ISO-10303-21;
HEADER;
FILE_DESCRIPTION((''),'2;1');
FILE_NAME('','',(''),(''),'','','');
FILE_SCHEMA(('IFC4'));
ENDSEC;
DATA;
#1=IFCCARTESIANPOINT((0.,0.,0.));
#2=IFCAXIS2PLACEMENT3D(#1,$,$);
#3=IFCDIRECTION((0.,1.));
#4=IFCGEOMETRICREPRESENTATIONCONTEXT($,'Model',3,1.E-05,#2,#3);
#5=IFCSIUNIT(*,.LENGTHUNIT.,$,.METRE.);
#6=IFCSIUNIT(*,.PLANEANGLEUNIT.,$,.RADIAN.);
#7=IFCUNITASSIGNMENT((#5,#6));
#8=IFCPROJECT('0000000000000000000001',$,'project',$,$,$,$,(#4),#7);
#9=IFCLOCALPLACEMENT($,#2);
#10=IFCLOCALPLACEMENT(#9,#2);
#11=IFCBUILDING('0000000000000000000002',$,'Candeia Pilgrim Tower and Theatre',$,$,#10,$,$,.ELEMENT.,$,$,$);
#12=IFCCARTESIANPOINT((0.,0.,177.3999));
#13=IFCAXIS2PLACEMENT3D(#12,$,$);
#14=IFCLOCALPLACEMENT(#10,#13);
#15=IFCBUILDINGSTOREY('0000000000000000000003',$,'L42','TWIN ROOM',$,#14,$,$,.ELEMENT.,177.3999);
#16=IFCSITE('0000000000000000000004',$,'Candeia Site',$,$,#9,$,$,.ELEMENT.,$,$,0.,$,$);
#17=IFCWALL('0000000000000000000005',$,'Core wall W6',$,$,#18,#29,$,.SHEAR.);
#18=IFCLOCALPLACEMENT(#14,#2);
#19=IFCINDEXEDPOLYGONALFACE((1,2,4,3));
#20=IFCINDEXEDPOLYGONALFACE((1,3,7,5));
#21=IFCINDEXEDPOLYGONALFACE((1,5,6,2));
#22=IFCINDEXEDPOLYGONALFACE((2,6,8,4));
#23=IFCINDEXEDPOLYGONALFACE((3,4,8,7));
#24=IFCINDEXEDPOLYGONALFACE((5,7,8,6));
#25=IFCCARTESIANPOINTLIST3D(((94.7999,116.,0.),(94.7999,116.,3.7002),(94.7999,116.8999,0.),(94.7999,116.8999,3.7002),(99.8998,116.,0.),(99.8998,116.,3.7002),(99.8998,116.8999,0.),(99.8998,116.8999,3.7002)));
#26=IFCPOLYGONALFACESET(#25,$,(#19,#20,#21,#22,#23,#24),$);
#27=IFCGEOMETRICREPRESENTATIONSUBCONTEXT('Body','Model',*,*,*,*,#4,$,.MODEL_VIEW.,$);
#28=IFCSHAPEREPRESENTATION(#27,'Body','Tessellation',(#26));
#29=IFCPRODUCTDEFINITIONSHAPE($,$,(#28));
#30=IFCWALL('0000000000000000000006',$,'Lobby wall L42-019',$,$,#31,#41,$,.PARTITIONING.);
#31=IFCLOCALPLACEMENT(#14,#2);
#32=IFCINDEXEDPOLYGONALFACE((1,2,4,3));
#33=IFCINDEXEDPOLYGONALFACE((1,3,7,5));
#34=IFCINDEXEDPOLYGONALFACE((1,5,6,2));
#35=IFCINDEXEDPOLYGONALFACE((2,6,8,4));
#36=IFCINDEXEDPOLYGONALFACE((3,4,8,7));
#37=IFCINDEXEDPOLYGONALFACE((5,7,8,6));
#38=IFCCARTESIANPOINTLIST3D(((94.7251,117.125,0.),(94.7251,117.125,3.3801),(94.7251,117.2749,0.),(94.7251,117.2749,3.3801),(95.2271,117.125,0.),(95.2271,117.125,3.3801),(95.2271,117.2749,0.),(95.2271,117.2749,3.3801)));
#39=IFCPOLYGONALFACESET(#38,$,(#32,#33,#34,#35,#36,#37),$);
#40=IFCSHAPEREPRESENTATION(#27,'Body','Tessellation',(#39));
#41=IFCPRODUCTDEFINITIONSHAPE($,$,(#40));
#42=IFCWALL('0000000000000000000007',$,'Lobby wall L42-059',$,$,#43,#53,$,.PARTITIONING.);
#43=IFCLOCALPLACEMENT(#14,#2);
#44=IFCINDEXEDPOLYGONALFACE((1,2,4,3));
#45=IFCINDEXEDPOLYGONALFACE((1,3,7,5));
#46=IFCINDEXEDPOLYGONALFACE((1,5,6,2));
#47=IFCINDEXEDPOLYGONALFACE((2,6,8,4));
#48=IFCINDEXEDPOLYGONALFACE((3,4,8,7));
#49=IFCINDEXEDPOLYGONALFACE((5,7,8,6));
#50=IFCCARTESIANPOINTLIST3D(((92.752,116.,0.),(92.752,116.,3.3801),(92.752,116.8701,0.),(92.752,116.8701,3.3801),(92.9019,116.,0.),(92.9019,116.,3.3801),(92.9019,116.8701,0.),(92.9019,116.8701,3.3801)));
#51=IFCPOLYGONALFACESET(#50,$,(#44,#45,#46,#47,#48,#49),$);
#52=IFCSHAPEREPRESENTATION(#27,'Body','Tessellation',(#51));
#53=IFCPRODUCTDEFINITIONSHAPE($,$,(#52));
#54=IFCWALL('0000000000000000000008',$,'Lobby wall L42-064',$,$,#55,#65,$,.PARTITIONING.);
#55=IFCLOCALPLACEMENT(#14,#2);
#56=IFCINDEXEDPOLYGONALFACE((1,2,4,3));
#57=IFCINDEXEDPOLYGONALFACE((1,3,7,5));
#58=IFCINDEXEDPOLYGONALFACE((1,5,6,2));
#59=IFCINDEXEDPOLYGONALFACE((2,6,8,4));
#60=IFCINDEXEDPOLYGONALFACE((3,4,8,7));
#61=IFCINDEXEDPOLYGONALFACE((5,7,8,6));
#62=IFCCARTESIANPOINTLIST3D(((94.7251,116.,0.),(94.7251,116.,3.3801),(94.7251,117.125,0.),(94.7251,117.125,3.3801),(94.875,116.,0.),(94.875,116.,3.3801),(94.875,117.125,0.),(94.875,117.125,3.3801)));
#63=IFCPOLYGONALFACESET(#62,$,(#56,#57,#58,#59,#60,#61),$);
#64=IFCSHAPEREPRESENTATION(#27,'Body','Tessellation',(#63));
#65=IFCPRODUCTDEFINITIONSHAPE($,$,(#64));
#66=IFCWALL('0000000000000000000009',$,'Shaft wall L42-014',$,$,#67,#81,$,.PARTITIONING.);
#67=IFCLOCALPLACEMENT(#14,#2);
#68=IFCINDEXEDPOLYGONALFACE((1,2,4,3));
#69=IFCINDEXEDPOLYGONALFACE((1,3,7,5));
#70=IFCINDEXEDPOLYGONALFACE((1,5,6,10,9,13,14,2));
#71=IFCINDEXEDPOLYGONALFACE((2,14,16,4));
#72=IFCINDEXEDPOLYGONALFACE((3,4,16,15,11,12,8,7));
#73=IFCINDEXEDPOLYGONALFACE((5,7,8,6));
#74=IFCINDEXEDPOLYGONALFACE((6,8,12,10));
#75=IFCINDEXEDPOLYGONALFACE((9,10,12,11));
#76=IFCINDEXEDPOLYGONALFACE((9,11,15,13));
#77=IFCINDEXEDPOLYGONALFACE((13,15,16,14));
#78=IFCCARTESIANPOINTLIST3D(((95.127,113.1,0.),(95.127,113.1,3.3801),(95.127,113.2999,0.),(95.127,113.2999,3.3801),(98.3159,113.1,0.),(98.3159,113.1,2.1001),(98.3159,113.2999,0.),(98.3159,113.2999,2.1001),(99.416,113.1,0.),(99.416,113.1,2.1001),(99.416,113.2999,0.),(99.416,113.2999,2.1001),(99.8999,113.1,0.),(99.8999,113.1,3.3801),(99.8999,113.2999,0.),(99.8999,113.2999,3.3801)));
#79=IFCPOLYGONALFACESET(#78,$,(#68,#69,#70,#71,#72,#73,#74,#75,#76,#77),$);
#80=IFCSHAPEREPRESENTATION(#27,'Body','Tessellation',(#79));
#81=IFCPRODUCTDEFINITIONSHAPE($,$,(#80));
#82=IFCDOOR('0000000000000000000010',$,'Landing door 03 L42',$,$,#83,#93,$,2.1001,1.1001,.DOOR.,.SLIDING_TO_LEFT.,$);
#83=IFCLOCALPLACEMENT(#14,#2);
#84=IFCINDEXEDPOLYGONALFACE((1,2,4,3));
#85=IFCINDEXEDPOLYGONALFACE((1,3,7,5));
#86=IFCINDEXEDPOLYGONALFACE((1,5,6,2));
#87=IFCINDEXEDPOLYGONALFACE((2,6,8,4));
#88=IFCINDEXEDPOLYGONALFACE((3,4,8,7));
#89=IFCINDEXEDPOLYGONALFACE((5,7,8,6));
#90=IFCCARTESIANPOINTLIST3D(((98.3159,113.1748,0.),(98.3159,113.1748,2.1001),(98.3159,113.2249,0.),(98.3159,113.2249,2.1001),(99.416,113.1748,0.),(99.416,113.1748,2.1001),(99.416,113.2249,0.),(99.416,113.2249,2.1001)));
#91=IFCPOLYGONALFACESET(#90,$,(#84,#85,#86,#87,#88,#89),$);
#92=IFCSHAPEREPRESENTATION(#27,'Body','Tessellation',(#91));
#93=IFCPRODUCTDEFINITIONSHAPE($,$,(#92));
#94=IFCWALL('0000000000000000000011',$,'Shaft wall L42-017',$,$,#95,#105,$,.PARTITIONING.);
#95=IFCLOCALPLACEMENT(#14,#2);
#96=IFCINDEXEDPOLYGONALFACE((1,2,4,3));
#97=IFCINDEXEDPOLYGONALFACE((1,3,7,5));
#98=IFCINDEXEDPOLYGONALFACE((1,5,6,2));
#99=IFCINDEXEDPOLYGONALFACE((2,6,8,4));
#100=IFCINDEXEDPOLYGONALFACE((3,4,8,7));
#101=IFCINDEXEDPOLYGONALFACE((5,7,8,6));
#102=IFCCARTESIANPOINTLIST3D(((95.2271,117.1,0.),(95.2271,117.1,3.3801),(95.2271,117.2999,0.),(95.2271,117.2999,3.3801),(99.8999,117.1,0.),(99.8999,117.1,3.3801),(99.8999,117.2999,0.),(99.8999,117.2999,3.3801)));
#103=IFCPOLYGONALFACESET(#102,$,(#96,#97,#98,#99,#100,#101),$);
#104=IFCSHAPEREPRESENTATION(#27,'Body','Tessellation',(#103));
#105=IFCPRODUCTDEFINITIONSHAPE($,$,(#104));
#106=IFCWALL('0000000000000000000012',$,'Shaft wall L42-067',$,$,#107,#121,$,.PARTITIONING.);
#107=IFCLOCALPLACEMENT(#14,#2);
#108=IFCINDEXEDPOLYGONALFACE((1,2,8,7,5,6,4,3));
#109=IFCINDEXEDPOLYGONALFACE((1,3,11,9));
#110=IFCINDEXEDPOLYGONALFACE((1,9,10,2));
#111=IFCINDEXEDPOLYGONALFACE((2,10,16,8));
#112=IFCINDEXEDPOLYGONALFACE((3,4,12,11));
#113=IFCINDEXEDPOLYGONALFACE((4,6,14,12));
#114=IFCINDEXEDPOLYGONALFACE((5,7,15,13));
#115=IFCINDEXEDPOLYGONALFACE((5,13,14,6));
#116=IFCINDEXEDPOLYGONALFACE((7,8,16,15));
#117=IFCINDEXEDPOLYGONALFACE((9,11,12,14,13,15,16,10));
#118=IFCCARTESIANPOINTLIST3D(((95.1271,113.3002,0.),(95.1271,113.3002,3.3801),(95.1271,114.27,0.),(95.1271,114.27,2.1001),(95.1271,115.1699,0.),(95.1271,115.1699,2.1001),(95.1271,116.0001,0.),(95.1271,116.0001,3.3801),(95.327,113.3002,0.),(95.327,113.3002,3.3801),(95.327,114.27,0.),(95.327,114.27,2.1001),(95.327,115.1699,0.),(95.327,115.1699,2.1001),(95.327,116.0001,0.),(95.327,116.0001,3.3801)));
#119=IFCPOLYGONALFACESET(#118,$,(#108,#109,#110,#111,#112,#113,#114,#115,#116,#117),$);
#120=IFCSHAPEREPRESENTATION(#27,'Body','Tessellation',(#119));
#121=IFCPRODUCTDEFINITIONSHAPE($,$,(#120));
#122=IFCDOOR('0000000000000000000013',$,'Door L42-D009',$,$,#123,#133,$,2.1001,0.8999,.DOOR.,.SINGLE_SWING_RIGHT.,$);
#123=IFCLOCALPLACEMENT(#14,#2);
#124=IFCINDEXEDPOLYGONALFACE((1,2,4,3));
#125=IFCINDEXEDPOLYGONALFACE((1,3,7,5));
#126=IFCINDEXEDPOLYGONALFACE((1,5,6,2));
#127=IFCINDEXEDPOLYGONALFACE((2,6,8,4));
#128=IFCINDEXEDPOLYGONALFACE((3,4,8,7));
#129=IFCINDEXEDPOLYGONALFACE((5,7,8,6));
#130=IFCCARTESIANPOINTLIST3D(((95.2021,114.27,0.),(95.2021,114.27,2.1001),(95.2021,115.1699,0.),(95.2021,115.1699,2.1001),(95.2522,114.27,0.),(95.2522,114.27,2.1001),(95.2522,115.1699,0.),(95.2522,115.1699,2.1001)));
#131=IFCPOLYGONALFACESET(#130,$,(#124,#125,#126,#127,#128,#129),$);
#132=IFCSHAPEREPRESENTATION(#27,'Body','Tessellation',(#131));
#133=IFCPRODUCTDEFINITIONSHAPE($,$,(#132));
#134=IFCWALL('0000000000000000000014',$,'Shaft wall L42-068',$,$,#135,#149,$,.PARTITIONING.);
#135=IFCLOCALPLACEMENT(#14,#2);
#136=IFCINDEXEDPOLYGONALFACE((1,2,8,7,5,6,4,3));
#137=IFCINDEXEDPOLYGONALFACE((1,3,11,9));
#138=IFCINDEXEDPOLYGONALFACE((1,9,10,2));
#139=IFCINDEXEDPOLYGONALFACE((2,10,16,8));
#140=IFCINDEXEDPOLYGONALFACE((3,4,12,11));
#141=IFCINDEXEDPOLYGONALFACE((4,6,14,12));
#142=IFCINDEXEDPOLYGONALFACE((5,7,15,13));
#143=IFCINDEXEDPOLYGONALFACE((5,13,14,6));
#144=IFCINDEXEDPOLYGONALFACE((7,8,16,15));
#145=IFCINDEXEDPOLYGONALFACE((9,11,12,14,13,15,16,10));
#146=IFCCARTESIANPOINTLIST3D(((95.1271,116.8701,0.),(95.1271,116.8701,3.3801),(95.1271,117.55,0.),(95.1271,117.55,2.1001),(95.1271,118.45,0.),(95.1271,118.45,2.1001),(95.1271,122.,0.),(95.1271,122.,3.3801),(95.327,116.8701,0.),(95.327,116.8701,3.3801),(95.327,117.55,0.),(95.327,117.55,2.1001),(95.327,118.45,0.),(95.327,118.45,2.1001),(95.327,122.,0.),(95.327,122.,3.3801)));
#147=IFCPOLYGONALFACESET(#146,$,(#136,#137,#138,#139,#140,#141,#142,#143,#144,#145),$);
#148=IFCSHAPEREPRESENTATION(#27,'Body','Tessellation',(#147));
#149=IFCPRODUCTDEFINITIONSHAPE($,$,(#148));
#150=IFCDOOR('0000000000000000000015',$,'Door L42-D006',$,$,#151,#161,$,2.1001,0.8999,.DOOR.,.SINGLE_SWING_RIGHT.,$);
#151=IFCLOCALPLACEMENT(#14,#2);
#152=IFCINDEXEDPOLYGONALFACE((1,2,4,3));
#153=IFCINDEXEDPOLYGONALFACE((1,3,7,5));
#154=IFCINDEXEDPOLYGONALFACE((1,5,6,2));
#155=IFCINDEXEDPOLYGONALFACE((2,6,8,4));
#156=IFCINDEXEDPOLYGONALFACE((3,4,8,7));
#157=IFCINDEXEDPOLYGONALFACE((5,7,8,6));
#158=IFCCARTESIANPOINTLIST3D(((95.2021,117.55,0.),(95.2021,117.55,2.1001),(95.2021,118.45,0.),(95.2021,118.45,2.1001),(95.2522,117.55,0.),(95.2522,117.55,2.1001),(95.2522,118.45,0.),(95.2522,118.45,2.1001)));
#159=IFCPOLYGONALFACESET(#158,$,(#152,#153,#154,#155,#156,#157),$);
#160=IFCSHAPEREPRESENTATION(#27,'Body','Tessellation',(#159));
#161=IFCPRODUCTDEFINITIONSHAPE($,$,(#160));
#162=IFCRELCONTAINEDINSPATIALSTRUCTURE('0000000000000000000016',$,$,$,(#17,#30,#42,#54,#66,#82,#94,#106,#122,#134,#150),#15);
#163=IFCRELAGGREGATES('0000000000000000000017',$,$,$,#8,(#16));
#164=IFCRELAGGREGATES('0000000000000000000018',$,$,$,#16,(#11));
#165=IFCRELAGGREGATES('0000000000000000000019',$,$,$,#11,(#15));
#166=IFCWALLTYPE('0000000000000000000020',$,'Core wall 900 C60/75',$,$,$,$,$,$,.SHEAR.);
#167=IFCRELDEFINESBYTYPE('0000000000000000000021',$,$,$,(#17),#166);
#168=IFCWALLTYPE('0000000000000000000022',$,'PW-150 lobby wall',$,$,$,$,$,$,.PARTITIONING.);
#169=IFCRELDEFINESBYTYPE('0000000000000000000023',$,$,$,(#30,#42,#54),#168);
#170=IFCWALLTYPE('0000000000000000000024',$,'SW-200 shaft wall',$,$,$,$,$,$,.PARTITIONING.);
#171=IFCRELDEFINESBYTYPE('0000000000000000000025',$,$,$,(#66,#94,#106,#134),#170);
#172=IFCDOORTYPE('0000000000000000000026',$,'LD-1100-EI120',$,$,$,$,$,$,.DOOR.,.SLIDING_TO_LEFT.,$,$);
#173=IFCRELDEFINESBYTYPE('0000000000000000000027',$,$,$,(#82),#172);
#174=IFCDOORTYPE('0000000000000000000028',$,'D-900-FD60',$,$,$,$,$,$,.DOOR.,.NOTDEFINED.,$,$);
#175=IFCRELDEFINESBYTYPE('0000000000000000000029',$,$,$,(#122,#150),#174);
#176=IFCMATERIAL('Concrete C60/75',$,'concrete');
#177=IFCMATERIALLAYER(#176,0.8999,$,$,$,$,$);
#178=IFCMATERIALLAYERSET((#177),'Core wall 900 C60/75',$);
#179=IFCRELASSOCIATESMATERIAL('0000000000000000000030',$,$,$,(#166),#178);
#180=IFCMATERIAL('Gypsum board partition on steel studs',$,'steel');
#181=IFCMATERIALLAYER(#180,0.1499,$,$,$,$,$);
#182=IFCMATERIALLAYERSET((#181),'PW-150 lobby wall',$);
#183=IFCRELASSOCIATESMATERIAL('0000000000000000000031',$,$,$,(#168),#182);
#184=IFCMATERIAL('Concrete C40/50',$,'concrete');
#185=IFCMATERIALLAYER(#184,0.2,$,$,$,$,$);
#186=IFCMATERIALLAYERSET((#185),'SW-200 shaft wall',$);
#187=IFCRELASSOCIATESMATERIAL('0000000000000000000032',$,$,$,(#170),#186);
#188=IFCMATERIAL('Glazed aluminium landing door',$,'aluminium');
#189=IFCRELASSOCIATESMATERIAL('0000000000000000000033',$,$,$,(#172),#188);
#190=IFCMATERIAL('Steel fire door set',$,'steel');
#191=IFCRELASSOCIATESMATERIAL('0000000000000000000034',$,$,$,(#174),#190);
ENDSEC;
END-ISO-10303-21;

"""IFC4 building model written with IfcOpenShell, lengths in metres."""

from ifc_helpers import new_model, si_unit, direction, frame, frame_2d, origin, place, context, subcontext, project, spatial, rectangle, extrude, material, layer, layer_set, type_object, element, fill, save


model = new_model("IFC4")

# Units and contexts
model_context = context("Model", 3, precision=1e-05, world=origin(), true_north=direction((0.0, 1.0)))
body_context = subcontext(model_context, "Body", "Model", "MODEL_VIEW")
ifc_project = project(units=[si_unit("LENGTHUNIT", "METRE"), si_unit("PLANEANGLEUNIT", "RADIAN")], contexts=[model_context])

# Site, building, storey
site_placement = place(None, origin())
site = spatial("IfcSite", under=ifc_project, at=site_placement, Name="Candeia Site", CompositionType="ELEMENT", RefElevation=0.0)
building_placement = place(site_placement, origin())
building = spatial("IfcBuilding", under=site, at=building_placement, Name="Candeia Pilgrim Tower and Theatre", CompositionType="ELEMENT")
storey_placement = place(building_placement, frame((0.0, 0.0, 177.3999)))
storey = spatial("IfcBuildingStorey", under=building, at=storey_placement, Name="L42", Description="TWIN ROOM", CompositionType="ELEMENT", Elevation=177.3999)

# Walls
ifc_material_1 = material(Name="Concrete C60/75", Category="concrete")
ifc_layer_1 = layer(ifc_material_1, 0.8999)
ifc_layer_set_1 = layer_set([ifc_layer_1], Name="Core wall 900 C60/75")
wall_type_1 = type_object("IfcWallType", Name="Core wall 900 C60/75", PredefinedType="SHEAR", material=ifc_layer_set_1)
wall_1_placement = place(storey_placement, frame((94.8, 116.45, 0.0), z_axis=(0.0, 0.0, 1.0), x_axis=(1.0, 0.0, 0.0)))
element("IfcWall", 1, at=wall_1_placement, inside=storey, type_object=wall_type_1, Name="Core wall W6", PredefinedType="SHEAR", context=body_context, shape_type="SweptSolid", body=[
    extrude(rectangle(XDim=5.0999, YDim=0.8999, at=frame_2d((2.5498, 0.0))), origin(), (0.0, 0.0, 1.0), 3.7002),
])
ifc_material_2 = material(Name="Gypsum board partition on steel studs", Category="steel")
ifc_layer_2 = layer(ifc_material_2, 0.1499)
ifc_layer_set_2 = layer_set([ifc_layer_2], Name="PW-150 lobby wall")
wall_type_2 = type_object("IfcWallType", Name="PW-150 lobby wall", PredefinedType="PARTITIONING", material=ifc_layer_set_2)
wall_2_placement = place(storey_placement, frame((94.7251, 117.2, 0.0), z_axis=(0.0, 0.0, 1.0), x_axis=(1.0, 0.0, 0.0)))
element("IfcWall", 2, at=wall_2_placement, inside=storey, type_object=wall_type_2, Name="Lobby wall L42-019", PredefinedType="PARTITIONING", context=body_context, shape_type="SweptSolid", body=[
    extrude(rectangle(XDim=0.502, YDim=0.1499, at=frame_2d((0.251, 0.0))), origin(), (0.0, 0.0, 1.0), 3.3801),
])
wall_3_placement = place(storey_placement, frame((92.8269, 116.0, 0.0), z_axis=(0.0, 0.0, 1.0), x_axis=(0.0, 1.0, 0.0)))
element("IfcWall", 3, at=wall_3_placement, inside=storey, type_object=wall_type_2, Name="Lobby wall L42-059", PredefinedType="PARTITIONING", context=body_context, shape_type="SweptSolid", body=[
    extrude(rectangle(XDim=0.8701, YDim=0.1499, at=frame_2d((0.4351, 0.0))), origin(), (0.0, 0.0, 1.0), 3.3801),
])
wall_4_placement = place(storey_placement, frame((94.8, 116.0, 0.0), z_axis=(0.0, 0.0, 1.0), x_axis=(0.0, 1.0, 0.0)))
element("IfcWall", 4, at=wall_4_placement, inside=storey, type_object=wall_type_2, Name="Lobby wall L42-064", PredefinedType="PARTITIONING", context=body_context, shape_type="SweptSolid", body=[
    extrude(rectangle(XDim=1.125, YDim=0.1499, at=frame_2d((0.5625, 0.0))), origin(), (0.0, 0.0, 1.0), 3.3801),
])

# Wall, opening, door
ifc_material_3 = material(Name="Concrete C40/50", Category="concrete")
ifc_layer_3 = layer(ifc_material_3, 0.2)
ifc_layer_set_3 = layer_set([ifc_layer_3], Name="SW-200 shaft wall")
wall_type_3 = type_object("IfcWallType", Name="SW-200 shaft wall", PredefinedType="PARTITIONING", material=ifc_layer_set_3)
wall_5_placement = place(storey_placement, frame((95.127, 113.2, 0.0), z_axis=(0.0, 0.0, 1.0), x_axis=(1.0, 0.0, 0.0)))
wall_5 = element("IfcWall", 5, at=wall_5_placement, inside=storey, type_object=wall_type_3, Name="Shaft wall L42-014", PredefinedType="PARTITIONING", context=body_context, shape_type="SweptSolid", body=[
    extrude(rectangle(XDim=4.7729, YDim=0.2, at=frame_2d((2.3865, 0.0))), origin(), (0.0, 0.0, 1.0), 3.3801),
])
opening_1_placement = place(wall_5_placement, frame((3.189, 0.0, 0.0)))
opening_1 = element("IfcOpeningElement", 6, at=opening_1_placement, cuts=wall_5, PredefinedType="OPENING", context=body_context, shape_type="SweptSolid", body=[
    extrude(rectangle(XDim=1.1001, YDim=2.1001, at=frame_2d((0.55, 1.05))), frame((0.0, 0.1099, 0.0), z_axis=(0.0, -1.0, 0.0), x_axis=(1.0, 0.0, 0.0)), (0.0, 0.0, 1.0), 0.22),
])
ifc_material_4 = material(Name="Glazed aluminium landing door", Category="aluminium")
door_type_1 = type_object("IfcDoorType", Name="LD-1100-EI120", OperationType="SLIDING_TO_LEFT", PredefinedType="DOOR", material=ifc_material_4)
door_1_placement = place(opening_1_placement, origin())
door_1 = element("IfcDoor", 7, at=door_1_placement, inside=storey, type_object=door_type_1, Name="Landing door 03 L42", OperationType="SLIDING_TO_LEFT", OverallHeight=2.1001, OverallWidth=1.1001, PredefinedType="DOOR", context=body_context, shape_type="SweptSolid", body=[
    extrude(rectangle(XDim=1.1001, YDim=2.1001, at=frame_2d((0.55, 1.05))), frame((0.0, 0.0249, 0.0), z_axis=(0.0, -1.0, 0.0), x_axis=(1.0, 0.0, 0.0)), (0.0, 0.0, 1.0), 0.05),
])
fill(opening_1, door_1)

# Wall
wall_6_placement = place(storey_placement, frame((95.2271, 117.2, 0.0), z_axis=(0.0, 0.0, 1.0), x_axis=(1.0, 0.0, 0.0)))
element("IfcWall", 8, at=wall_6_placement, inside=storey, type_object=wall_type_3, Name="Shaft wall L42-017", PredefinedType="PARTITIONING", context=body_context, shape_type="SweptSolid", body=[
    extrude(rectangle(XDim=4.6729, YDim=0.2, at=frame_2d((2.3364, 0.0))), origin(), (0.0, 0.0, 1.0), 3.3801),
])

# Walls, openings, doors
wall_7_placement = place(storey_placement, frame((95.2271, 113.3, 0.0), z_axis=(0.0, 0.0, 1.0), x_axis=(0.0, 1.0, 0.0)))
wall_7 = element("IfcWall", 9, at=wall_7_placement, inside=storey, type_object=wall_type_3, Name="Shaft wall L42-067", PredefinedType="PARTITIONING", context=body_context, shape_type="SweptSolid", body=[
    extrude(rectangle(XDim=2.7, YDim=0.2, at=frame_2d((1.3501, 0.0))), origin(), (0.0, 0.0, 1.0), 3.3801),
])
opening_2_placement = place(wall_7_placement, frame((0.97, 0.0, 0.0)))
opening_2 = element("IfcOpeningElement", 10, at=opening_2_placement, cuts=wall_7, PredefinedType="OPENING", context=body_context, shape_type="SweptSolid", body=[
    extrude(rectangle(XDim=0.8999, YDim=2.1001, at=frame_2d((0.45, 1.05))), frame((0.0, 0.1099, 0.0), z_axis=(0.0, -1.0, 0.0), x_axis=(1.0, 0.0, 0.0)), (0.0, 0.0, 1.0), 0.22),
])
ifc_material_5 = material(Name="Steel fire door set", Category="steel")
door_type_2 = type_object("IfcDoorType", Name="D-900-FD60", OperationType="NOTDEFINED", PredefinedType="DOOR", material=ifc_material_5)
door_2_placement = place(opening_2_placement, origin())
door_2 = element("IfcDoor", 11, at=door_2_placement, inside=storey, type_object=door_type_2, Name="Door L42-D009", OperationType="SINGLE_SWING_RIGHT", OverallHeight=2.1001, OverallWidth=0.8999, PredefinedType="DOOR", context=body_context, shape_type="SweptSolid", body=[
    extrude(rectangle(XDim=0.8999, YDim=2.1001, at=frame_2d((0.45, 1.05))), frame((0.0, 0.0249, 0.0), z_axis=(0.0, -1.0, 0.0), x_axis=(1.0, 0.0, 0.0)), (0.0, 0.0, 1.0), 0.05),
])
fill(opening_2, door_2)
wall_8_placement = place(storey_placement, frame((95.2271, 116.8701, 0.0), z_axis=(0.0, 0.0, 1.0), x_axis=(0.0, 1.0, 0.0)))
wall_8 = element("IfcWall", 12, at=wall_8_placement, inside=storey, type_object=wall_type_3, Name="Shaft wall L42-068", PredefinedType="PARTITIONING", context=body_context, shape_type="SweptSolid", body=[
    extrude(rectangle(XDim=5.1299, YDim=0.2, at=frame_2d((2.5649, 0.0))), origin(), (0.0, 0.0, 1.0), 3.3801),
])
opening_3_placement = place(wall_8_placement, frame((0.6799, 0.0, 0.0)))
opening_3 = element("IfcOpeningElement", 13, at=opening_3_placement, cuts=wall_8, PredefinedType="OPENING", context=body_context, shape_type="SweptSolid", body=[
    extrude(rectangle(XDim=0.8999, YDim=2.1001, at=frame_2d((0.45, 1.05))), frame((0.0, 0.1099, 0.0), z_axis=(0.0, -1.0, 0.0), x_axis=(1.0, 0.0, 0.0)), (0.0, 0.0, 1.0), 0.22),
])
door_3_placement = place(opening_3_placement, origin())
door_3 = element("IfcDoor", 14, at=door_3_placement, inside=storey, type_object=door_type_2, Name="Door L42-D006", OperationType="SINGLE_SWING_RIGHT", OverallHeight=2.1001, OverallWidth=0.8999, PredefinedType="DOOR", context=body_context, shape_type="SweptSolid", body=[
    extrude(rectangle(XDim=0.8999, YDim=2.1001, at=frame_2d((0.45, 1.05))), frame((0.0, 0.0249, 0.0), z_axis=(0.0, -1.0, 0.0), x_axis=(1.0, 0.0, 0.0)), (0.0, 0.0, 1.0), 0.05),
])
fill(opening_3, door_3)

save(model, "model.ifc")
